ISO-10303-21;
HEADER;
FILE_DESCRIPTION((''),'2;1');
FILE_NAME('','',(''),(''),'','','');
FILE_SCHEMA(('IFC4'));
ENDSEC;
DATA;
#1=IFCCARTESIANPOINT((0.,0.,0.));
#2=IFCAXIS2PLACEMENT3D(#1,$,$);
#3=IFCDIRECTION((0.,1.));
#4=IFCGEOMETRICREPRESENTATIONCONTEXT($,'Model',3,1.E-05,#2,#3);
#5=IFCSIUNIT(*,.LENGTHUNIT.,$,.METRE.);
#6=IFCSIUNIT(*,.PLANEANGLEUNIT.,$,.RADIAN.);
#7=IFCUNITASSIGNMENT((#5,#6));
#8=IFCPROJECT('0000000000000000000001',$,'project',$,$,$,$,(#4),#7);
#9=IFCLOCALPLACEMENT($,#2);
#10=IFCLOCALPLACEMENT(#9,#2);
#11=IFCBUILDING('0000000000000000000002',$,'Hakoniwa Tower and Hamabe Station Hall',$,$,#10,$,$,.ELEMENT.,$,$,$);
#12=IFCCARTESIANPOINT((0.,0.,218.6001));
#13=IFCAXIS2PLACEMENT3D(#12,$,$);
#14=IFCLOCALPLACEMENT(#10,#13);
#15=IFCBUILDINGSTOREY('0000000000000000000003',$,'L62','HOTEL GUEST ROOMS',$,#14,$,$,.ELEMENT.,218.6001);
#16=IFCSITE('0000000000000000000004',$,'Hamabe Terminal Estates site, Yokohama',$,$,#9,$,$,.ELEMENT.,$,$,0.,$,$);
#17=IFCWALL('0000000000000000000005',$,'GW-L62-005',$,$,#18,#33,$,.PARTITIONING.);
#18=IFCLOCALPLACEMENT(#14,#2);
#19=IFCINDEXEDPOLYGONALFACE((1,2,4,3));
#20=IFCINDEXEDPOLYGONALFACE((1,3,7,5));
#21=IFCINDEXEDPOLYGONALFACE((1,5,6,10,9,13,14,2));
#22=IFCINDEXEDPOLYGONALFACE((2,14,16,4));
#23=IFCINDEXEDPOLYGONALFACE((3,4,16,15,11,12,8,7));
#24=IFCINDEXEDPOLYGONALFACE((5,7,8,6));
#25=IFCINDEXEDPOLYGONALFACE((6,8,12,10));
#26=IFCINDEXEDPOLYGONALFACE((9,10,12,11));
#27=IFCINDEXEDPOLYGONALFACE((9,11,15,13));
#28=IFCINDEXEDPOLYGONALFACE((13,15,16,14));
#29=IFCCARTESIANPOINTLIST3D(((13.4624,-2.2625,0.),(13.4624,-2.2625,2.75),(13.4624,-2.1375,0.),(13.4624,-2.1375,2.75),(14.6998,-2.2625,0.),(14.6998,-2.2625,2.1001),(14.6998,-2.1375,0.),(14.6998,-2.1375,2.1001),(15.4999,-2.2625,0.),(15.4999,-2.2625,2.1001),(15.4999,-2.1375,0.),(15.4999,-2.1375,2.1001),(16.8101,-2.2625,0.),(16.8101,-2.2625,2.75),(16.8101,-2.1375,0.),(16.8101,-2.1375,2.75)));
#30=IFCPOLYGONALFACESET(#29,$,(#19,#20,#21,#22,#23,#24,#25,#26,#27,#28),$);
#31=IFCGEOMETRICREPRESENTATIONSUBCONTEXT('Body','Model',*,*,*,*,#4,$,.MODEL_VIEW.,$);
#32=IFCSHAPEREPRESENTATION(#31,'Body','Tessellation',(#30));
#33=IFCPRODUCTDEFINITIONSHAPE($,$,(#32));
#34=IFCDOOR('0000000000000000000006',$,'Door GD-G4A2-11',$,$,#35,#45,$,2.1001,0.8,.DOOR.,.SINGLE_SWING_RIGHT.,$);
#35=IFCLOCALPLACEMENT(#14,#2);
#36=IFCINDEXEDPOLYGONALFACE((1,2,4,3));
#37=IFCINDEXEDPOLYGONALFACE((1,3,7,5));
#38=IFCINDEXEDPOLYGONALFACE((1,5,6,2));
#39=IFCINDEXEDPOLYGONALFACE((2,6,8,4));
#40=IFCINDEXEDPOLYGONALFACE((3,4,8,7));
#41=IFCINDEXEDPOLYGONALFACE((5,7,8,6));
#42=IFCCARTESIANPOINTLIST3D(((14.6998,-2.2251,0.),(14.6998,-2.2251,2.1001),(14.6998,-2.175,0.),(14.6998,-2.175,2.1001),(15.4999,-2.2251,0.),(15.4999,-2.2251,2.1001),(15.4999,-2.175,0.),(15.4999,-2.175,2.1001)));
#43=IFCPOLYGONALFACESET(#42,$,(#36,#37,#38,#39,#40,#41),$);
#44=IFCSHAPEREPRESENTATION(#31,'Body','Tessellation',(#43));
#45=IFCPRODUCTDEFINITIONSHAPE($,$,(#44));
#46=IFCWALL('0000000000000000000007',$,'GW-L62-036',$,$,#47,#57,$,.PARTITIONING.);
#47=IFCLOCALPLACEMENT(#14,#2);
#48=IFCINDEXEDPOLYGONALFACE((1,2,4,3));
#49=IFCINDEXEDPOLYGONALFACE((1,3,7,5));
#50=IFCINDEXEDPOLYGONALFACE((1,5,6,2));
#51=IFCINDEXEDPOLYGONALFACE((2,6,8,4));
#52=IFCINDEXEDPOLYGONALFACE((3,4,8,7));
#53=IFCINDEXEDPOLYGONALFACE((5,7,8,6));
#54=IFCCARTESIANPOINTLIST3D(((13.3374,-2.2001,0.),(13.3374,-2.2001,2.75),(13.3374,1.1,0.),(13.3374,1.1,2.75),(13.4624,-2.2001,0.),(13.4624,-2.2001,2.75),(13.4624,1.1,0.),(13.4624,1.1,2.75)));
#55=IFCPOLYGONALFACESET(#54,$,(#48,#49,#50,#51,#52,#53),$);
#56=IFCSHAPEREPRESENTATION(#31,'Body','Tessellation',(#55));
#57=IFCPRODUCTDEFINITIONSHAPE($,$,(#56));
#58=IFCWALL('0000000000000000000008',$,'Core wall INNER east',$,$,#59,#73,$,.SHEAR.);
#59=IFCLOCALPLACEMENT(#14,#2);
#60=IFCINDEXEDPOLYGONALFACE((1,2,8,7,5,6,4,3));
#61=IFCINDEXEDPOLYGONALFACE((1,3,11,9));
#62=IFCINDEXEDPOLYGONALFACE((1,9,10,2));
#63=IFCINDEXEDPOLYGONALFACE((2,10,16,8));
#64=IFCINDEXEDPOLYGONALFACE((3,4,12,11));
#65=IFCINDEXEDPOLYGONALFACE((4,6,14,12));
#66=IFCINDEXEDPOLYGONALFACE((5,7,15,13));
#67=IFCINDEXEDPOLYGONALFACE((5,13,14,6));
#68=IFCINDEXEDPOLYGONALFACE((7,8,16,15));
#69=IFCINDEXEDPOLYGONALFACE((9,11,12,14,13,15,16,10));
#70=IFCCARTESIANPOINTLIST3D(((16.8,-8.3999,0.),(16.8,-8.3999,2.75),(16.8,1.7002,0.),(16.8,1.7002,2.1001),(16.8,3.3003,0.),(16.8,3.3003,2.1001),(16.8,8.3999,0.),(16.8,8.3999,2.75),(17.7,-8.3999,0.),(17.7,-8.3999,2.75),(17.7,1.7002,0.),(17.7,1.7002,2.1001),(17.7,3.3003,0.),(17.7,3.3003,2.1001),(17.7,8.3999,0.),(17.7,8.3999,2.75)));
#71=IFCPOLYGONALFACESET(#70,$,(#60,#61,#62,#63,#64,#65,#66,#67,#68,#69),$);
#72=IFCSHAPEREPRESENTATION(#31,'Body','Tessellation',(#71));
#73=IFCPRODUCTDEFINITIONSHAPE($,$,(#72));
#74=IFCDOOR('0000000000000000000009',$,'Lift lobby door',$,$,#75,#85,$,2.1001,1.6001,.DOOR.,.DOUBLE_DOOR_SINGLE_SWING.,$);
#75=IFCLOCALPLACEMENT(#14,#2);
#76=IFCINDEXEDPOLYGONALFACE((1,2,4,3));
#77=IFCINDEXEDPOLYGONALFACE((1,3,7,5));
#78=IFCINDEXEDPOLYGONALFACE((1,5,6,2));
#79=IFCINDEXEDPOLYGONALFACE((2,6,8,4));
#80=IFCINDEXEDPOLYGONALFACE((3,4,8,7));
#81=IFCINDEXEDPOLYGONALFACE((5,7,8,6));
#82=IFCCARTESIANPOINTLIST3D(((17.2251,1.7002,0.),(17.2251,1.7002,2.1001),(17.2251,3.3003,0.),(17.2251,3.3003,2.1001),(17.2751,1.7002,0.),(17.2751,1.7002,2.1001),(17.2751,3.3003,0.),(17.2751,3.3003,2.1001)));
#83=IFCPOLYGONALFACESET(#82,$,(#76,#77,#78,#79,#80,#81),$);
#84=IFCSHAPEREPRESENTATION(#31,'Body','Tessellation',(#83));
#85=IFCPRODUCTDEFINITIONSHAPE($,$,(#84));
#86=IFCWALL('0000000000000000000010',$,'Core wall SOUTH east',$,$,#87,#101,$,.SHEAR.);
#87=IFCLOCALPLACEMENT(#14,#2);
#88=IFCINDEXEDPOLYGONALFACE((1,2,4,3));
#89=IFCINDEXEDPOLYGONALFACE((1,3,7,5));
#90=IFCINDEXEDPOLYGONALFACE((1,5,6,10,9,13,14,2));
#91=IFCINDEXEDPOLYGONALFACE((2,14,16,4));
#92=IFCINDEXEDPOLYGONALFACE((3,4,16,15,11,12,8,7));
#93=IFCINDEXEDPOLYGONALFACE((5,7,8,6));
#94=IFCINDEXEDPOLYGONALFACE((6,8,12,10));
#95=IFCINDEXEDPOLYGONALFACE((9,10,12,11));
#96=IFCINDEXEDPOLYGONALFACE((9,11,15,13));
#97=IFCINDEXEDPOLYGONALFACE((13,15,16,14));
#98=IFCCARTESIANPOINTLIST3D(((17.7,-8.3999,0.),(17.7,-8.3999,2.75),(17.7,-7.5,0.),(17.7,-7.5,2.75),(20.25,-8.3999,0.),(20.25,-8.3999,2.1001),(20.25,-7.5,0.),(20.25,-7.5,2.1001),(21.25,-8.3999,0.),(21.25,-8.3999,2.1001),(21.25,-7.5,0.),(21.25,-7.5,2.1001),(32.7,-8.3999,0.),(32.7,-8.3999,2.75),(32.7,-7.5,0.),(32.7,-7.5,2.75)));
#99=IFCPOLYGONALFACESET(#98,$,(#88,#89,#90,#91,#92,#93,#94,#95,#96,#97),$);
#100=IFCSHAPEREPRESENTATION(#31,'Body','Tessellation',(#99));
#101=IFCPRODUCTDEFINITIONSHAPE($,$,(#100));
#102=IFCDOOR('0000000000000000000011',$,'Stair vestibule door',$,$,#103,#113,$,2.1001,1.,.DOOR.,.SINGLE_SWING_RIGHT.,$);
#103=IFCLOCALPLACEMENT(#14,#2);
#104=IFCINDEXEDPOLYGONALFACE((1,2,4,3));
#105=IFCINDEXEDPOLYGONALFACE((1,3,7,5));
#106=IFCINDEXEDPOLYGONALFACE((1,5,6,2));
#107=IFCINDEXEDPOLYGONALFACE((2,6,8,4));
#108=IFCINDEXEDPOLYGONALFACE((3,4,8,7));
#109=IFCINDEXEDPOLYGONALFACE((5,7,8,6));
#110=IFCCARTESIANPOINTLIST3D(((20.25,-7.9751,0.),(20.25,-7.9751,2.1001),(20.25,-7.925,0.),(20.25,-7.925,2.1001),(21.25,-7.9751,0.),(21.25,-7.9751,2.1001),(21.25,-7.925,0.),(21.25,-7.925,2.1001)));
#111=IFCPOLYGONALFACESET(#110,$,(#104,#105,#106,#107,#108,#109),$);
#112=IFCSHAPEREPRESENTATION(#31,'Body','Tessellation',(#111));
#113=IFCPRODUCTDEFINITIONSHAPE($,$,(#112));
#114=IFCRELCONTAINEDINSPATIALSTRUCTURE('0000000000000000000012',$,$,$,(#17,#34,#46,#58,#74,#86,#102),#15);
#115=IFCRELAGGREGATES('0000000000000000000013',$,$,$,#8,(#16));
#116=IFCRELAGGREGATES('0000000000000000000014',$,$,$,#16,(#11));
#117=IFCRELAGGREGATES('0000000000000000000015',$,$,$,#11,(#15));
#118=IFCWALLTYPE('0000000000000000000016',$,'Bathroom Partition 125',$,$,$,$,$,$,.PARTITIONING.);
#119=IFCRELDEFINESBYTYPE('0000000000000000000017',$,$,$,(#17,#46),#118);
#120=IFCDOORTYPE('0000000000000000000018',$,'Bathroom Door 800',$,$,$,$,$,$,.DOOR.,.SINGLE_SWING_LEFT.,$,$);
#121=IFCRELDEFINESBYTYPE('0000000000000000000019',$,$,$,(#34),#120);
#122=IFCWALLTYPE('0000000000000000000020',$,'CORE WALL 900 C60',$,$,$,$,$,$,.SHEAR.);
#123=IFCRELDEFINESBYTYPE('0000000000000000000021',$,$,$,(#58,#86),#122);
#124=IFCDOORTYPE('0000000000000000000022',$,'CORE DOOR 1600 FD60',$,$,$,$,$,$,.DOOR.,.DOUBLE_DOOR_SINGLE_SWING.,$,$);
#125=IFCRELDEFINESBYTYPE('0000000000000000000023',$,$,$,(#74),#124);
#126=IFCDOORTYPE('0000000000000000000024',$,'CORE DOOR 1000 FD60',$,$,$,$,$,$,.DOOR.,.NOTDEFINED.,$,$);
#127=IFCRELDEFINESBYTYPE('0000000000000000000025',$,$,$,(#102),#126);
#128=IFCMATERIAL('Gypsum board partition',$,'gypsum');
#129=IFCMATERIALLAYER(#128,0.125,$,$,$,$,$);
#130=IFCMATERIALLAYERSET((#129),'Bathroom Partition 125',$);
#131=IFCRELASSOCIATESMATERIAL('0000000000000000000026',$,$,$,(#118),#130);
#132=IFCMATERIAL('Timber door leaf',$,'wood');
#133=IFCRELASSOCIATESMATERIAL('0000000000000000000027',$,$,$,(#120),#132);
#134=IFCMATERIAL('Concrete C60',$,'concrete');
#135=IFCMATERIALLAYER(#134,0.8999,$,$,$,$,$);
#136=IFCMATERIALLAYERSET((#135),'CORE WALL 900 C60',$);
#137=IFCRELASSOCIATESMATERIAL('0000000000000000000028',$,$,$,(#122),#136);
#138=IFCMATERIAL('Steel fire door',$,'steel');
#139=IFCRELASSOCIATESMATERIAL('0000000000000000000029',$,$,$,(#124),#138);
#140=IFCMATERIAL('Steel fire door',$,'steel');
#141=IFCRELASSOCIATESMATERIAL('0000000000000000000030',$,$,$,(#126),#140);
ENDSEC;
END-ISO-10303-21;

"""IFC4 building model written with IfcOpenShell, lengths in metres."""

from ifc_helpers import new_model, si_unit, direction, frame, frame_2d, origin, place, context, subcontext, project, spatial, rectangle, extrude, material, layer, layer_set, type_object, element, fill, save


model = new_model("IFC4")

# Units and contexts
model_context = context("Model", 3, precision=1e-05, world=origin(), true_north=direction((0.0, 1.0)))
body_context = subcontext(model_context, "Body", "Model", "MODEL_VIEW")
ifc_project = project(units=[si_unit("LENGTHUNIT", "METRE"), si_unit("PLANEANGLEUNIT", "RADIAN")], contexts=[model_context])

# Site, building, storey
site_placement = place(None, origin())
site = spatial("IfcSite", under=ifc_project, at=site_placement, Name="Hamabe Terminal Estates site, Yokohama", CompositionType="ELEMENT", RefElevation=0.0)
building_placement = place(site_placement, origin())
building = spatial("IfcBuilding", under=site, at=building_placement, Name="Hakoniwa Tower and Hamabe Station Hall", CompositionType="ELEMENT")
storey_placement = place(building_placement, frame((0.0, 0.0, 218.6001)))
storey = spatial("IfcBuildingStorey", under=building, at=storey_placement, Name="L62", Description="HOTEL GUEST ROOMS", CompositionType="ELEMENT", Elevation=218.6001)

# Wall, opening, door
ifc_material_1 = material(Name="Gypsum board partition", Category="gypsum")
ifc_layer_1 = layer(ifc_material_1, 0.125)
ifc_layer_set_1 = layer_set([ifc_layer_1], Name="Bathroom Partition 125")
wall_type_1 = type_object("IfcWallType", Name="Bathroom Partition 125", PredefinedType="PARTITIONING", material=ifc_layer_set_1)
wall_1_placement = place(storey_placement, frame((13.4624, -2.2, 0.0), z_axis=(0.0, 0.0, 1.0), x_axis=(1.0, 0.0, 0.0)))
wall_1 = element("IfcWall", 1, at=wall_1_placement, inside=storey, type_object=wall_type_1, Name="GW-L62-005", PredefinedType="PARTITIONING", context=body_context, shape_type="SweptSolid", body=[
    extrude(rectangle(XDim=3.3477, YDim=0.125, at=frame_2d((1.6738, 0.0))), origin(), (0.0, 0.0, 1.0), 2.75),
])
opening_1_placement = place(wall_1_placement, frame((1.2375, 0.0, 0.0)))
opening_1 = element("IfcOpeningElement", 2, at=opening_1_placement, cuts=wall_1, PredefinedType="OPENING", context=body_context, shape_type="SweptSolid", body=[
    extrude(rectangle(XDim=0.8, YDim=2.1001, at=frame_2d((0.3999, 1.05))), frame((0.0, 0.0725, 0.0), z_axis=(0.0, -1.0, 0.0), x_axis=(1.0, 0.0, 0.0)), (0.0, 0.0, 1.0), 0.145),
])
ifc_material_2 = material(Name="Timber door leaf", Category="wood")
door_type_1 = type_object("IfcDoorType", Name="Bathroom Door 800", OperationType="SINGLE_SWING_LEFT", PredefinedType="DOOR", material=ifc_material_2)
door_1_placement = place(opening_1_placement, origin())
door_1 = element("IfcDoor", 3, at=door_1_placement, inside=storey, type_object=door_type_1, Name="Door GD-G4A2-11", OperationType="SINGLE_SWING_RIGHT", OverallHeight=2.1001, OverallWidth=0.8, PredefinedType="DOOR", context=body_context, shape_type="SweptSolid", body=[
    extrude(rectangle(XDim=0.8, YDim=2.1001, at=frame_2d((0.3999, 1.05))), frame((0.0, 0.0249, 0.0), z_axis=(0.0, -1.0, 0.0), x_axis=(1.0, 0.0, 0.0)), (0.0, 0.0, 1.0), 0.05),
])
fill(opening_1, door_1)

# Wall
wall_2_placement = place(storey_placement, frame((13.3999, -2.2, 0.0), z_axis=(0.0, 0.0, 1.0), x_axis=(0.0, 1.0, 0.0)))
element("IfcWall", 4, at=wall_2_placement, inside=storey, type_object=wall_type_1, Name="GW-L62-036", PredefinedType="PARTITIONING", context=body_context, shape_type="SweptSolid", body=[
    extrude(rectangle(XDim=3.3, YDim=0.125, at=frame_2d((1.6499, 0.0))), origin(), (0.0, 0.0, 1.0), 2.75),
])

# Walls, openings, doors
ifc_material_3 = material(Name="Concrete C60", Category="concrete")
ifc_layer_2 = layer(ifc_material_3, 0.8999)
ifc_layer_set_2 = layer_set([ifc_layer_2], Name="CORE WALL 900 C60")
wall_type_2 = type_object("IfcWallType", Name="CORE WALL 900 C60", PredefinedType="SHEAR", material=ifc_layer_set_2)
wall_3_placement = place(storey_placement, frame((17.25, -8.3999, 0.0), z_axis=(0.0, 0.0, 1.0), x_axis=(0.0, 1.0, 0.0)))
wall_3 = element("IfcWall", 5, at=wall_3_placement, inside=storey, type_object=wall_type_2, Name="Core wall INNER east", PredefinedType="SHEAR", context=body_context, shape_type="SweptSolid", body=[
    extrude(rectangle(XDim=16.7998, YDim=0.8999, at=frame_2d((8.3999, 0.0))), origin(), (0.0, 0.0, 1.0), 2.75),
])
opening_2_placement = place(wall_3_placement, frame((10.1001, 0.0, 0.0)))
opening_2 = element("IfcOpeningElement", 6, at=opening_2_placement, cuts=wall_3, PredefinedType="OPENING", context=body_context, shape_type="SweptSolid", body=[
    extrude(rectangle(XDim=1.6001, YDim=2.1001, at=frame_2d((0.8, 1.05))), frame((0.0, 0.46, 0.0), z_axis=(0.0, -1.0, 0.0), x_axis=(1.0, 0.0, 0.0)), (0.0, 0.0, 1.0), 0.9199),
])
ifc_material_4 = material(Name="Steel fire door", Category="steel")
door_type_2 = type_object("IfcDoorType", Name="CORE DOOR 1600 FD60", OperationType="DOUBLE_DOOR_SINGLE_SWING", PredefinedType="DOOR", material=ifc_material_4)
door_2_placement = place(opening_2_placement, origin())
door_2 = element("IfcDoor", 7, at=door_2_placement, inside=storey, type_object=door_type_2, Name="Lift lobby door", OperationType="DOUBLE_DOOR_SINGLE_SWING", OverallHeight=2.1001, OverallWidth=1.6001, PredefinedType="DOOR", context=body_context, shape_type="SweptSolid", body=[
    extrude(rectangle(XDim=1.6001, YDim=2.1001, at=frame_2d((0.8, 1.05))), frame((0.0, 0.0249, 0.0), z_axis=(0.0, -1.0, 0.0), x_axis=(1.0, 0.0, 0.0)), (0.0, 0.0, 1.0), 0.05),
])
fill(opening_2, door_2)
wall_4_placement = place(storey_placement, frame((17.7, -7.95, 0.0), z_axis=(0.0, 0.0, 1.0), x_axis=(1.0, 0.0, 0.0)))
wall_4 = element("IfcWall", 8, at=wall_4_placement, inside=storey, type_object=wall_type_2, Name="Core wall SOUTH east", PredefinedType="SHEAR", context=body_context, shape_type="SweptSolid", body=[
    extrude(rectangle(XDim=15.0, YDim=0.8999, at=frame_2d((7.5, 0.0))), origin(), (0.0, 0.0, 1.0), 2.75),
])
opening_3_placement = place(wall_4_placement, frame((2.55, 0.0, 0.0)))
opening_3 = element("IfcOpeningElement", 9, at=opening_3_placement, cuts=wall_4, PredefinedType="OPENING", context=body_context, shape_type="SweptSolid", body=[
    extrude(rectangle(XDim=1.0, YDim=2.1001, at=frame_2d((0.5, 1.05))), frame((0.0, 0.46, 0.0), z_axis=(0.0, -1.0, 0.0), x_axis=(1.0, 0.0, 0.0)), (0.0, 0.0, 1.0), 0.9199),
])
ifc_material_5 = material(Name="Steel fire door", Category="steel")
door_type_3 = type_object("IfcDoorType", Name="CORE DOOR 1000 FD60", OperationType="NOTDEFINED", PredefinedType="DOOR", material=ifc_material_5)
door_3_placement = place(opening_3_placement, origin())
door_3 = element("IfcDoor", 10, at=door_3_placement, inside=storey, type_object=door_type_3, Name="Stair vestibule door", OperationType="SINGLE_SWING_RIGHT", OverallHeight=2.1001, OverallWidth=1.0, PredefinedType="DOOR", context=body_context, shape_type="SweptSolid", body=[
    extrude(rectangle(XDim=1.0, YDim=2.1001, at=frame_2d((0.5, 1.05))), frame((0.0, 0.0249, 0.0), z_axis=(0.0, -1.0, 0.0), x_axis=(1.0, 0.0, 0.0)), (0.0, 0.0, 1.0), 0.05),
])
fill(opening_3, door_3)

save(model, "model.ifc")
